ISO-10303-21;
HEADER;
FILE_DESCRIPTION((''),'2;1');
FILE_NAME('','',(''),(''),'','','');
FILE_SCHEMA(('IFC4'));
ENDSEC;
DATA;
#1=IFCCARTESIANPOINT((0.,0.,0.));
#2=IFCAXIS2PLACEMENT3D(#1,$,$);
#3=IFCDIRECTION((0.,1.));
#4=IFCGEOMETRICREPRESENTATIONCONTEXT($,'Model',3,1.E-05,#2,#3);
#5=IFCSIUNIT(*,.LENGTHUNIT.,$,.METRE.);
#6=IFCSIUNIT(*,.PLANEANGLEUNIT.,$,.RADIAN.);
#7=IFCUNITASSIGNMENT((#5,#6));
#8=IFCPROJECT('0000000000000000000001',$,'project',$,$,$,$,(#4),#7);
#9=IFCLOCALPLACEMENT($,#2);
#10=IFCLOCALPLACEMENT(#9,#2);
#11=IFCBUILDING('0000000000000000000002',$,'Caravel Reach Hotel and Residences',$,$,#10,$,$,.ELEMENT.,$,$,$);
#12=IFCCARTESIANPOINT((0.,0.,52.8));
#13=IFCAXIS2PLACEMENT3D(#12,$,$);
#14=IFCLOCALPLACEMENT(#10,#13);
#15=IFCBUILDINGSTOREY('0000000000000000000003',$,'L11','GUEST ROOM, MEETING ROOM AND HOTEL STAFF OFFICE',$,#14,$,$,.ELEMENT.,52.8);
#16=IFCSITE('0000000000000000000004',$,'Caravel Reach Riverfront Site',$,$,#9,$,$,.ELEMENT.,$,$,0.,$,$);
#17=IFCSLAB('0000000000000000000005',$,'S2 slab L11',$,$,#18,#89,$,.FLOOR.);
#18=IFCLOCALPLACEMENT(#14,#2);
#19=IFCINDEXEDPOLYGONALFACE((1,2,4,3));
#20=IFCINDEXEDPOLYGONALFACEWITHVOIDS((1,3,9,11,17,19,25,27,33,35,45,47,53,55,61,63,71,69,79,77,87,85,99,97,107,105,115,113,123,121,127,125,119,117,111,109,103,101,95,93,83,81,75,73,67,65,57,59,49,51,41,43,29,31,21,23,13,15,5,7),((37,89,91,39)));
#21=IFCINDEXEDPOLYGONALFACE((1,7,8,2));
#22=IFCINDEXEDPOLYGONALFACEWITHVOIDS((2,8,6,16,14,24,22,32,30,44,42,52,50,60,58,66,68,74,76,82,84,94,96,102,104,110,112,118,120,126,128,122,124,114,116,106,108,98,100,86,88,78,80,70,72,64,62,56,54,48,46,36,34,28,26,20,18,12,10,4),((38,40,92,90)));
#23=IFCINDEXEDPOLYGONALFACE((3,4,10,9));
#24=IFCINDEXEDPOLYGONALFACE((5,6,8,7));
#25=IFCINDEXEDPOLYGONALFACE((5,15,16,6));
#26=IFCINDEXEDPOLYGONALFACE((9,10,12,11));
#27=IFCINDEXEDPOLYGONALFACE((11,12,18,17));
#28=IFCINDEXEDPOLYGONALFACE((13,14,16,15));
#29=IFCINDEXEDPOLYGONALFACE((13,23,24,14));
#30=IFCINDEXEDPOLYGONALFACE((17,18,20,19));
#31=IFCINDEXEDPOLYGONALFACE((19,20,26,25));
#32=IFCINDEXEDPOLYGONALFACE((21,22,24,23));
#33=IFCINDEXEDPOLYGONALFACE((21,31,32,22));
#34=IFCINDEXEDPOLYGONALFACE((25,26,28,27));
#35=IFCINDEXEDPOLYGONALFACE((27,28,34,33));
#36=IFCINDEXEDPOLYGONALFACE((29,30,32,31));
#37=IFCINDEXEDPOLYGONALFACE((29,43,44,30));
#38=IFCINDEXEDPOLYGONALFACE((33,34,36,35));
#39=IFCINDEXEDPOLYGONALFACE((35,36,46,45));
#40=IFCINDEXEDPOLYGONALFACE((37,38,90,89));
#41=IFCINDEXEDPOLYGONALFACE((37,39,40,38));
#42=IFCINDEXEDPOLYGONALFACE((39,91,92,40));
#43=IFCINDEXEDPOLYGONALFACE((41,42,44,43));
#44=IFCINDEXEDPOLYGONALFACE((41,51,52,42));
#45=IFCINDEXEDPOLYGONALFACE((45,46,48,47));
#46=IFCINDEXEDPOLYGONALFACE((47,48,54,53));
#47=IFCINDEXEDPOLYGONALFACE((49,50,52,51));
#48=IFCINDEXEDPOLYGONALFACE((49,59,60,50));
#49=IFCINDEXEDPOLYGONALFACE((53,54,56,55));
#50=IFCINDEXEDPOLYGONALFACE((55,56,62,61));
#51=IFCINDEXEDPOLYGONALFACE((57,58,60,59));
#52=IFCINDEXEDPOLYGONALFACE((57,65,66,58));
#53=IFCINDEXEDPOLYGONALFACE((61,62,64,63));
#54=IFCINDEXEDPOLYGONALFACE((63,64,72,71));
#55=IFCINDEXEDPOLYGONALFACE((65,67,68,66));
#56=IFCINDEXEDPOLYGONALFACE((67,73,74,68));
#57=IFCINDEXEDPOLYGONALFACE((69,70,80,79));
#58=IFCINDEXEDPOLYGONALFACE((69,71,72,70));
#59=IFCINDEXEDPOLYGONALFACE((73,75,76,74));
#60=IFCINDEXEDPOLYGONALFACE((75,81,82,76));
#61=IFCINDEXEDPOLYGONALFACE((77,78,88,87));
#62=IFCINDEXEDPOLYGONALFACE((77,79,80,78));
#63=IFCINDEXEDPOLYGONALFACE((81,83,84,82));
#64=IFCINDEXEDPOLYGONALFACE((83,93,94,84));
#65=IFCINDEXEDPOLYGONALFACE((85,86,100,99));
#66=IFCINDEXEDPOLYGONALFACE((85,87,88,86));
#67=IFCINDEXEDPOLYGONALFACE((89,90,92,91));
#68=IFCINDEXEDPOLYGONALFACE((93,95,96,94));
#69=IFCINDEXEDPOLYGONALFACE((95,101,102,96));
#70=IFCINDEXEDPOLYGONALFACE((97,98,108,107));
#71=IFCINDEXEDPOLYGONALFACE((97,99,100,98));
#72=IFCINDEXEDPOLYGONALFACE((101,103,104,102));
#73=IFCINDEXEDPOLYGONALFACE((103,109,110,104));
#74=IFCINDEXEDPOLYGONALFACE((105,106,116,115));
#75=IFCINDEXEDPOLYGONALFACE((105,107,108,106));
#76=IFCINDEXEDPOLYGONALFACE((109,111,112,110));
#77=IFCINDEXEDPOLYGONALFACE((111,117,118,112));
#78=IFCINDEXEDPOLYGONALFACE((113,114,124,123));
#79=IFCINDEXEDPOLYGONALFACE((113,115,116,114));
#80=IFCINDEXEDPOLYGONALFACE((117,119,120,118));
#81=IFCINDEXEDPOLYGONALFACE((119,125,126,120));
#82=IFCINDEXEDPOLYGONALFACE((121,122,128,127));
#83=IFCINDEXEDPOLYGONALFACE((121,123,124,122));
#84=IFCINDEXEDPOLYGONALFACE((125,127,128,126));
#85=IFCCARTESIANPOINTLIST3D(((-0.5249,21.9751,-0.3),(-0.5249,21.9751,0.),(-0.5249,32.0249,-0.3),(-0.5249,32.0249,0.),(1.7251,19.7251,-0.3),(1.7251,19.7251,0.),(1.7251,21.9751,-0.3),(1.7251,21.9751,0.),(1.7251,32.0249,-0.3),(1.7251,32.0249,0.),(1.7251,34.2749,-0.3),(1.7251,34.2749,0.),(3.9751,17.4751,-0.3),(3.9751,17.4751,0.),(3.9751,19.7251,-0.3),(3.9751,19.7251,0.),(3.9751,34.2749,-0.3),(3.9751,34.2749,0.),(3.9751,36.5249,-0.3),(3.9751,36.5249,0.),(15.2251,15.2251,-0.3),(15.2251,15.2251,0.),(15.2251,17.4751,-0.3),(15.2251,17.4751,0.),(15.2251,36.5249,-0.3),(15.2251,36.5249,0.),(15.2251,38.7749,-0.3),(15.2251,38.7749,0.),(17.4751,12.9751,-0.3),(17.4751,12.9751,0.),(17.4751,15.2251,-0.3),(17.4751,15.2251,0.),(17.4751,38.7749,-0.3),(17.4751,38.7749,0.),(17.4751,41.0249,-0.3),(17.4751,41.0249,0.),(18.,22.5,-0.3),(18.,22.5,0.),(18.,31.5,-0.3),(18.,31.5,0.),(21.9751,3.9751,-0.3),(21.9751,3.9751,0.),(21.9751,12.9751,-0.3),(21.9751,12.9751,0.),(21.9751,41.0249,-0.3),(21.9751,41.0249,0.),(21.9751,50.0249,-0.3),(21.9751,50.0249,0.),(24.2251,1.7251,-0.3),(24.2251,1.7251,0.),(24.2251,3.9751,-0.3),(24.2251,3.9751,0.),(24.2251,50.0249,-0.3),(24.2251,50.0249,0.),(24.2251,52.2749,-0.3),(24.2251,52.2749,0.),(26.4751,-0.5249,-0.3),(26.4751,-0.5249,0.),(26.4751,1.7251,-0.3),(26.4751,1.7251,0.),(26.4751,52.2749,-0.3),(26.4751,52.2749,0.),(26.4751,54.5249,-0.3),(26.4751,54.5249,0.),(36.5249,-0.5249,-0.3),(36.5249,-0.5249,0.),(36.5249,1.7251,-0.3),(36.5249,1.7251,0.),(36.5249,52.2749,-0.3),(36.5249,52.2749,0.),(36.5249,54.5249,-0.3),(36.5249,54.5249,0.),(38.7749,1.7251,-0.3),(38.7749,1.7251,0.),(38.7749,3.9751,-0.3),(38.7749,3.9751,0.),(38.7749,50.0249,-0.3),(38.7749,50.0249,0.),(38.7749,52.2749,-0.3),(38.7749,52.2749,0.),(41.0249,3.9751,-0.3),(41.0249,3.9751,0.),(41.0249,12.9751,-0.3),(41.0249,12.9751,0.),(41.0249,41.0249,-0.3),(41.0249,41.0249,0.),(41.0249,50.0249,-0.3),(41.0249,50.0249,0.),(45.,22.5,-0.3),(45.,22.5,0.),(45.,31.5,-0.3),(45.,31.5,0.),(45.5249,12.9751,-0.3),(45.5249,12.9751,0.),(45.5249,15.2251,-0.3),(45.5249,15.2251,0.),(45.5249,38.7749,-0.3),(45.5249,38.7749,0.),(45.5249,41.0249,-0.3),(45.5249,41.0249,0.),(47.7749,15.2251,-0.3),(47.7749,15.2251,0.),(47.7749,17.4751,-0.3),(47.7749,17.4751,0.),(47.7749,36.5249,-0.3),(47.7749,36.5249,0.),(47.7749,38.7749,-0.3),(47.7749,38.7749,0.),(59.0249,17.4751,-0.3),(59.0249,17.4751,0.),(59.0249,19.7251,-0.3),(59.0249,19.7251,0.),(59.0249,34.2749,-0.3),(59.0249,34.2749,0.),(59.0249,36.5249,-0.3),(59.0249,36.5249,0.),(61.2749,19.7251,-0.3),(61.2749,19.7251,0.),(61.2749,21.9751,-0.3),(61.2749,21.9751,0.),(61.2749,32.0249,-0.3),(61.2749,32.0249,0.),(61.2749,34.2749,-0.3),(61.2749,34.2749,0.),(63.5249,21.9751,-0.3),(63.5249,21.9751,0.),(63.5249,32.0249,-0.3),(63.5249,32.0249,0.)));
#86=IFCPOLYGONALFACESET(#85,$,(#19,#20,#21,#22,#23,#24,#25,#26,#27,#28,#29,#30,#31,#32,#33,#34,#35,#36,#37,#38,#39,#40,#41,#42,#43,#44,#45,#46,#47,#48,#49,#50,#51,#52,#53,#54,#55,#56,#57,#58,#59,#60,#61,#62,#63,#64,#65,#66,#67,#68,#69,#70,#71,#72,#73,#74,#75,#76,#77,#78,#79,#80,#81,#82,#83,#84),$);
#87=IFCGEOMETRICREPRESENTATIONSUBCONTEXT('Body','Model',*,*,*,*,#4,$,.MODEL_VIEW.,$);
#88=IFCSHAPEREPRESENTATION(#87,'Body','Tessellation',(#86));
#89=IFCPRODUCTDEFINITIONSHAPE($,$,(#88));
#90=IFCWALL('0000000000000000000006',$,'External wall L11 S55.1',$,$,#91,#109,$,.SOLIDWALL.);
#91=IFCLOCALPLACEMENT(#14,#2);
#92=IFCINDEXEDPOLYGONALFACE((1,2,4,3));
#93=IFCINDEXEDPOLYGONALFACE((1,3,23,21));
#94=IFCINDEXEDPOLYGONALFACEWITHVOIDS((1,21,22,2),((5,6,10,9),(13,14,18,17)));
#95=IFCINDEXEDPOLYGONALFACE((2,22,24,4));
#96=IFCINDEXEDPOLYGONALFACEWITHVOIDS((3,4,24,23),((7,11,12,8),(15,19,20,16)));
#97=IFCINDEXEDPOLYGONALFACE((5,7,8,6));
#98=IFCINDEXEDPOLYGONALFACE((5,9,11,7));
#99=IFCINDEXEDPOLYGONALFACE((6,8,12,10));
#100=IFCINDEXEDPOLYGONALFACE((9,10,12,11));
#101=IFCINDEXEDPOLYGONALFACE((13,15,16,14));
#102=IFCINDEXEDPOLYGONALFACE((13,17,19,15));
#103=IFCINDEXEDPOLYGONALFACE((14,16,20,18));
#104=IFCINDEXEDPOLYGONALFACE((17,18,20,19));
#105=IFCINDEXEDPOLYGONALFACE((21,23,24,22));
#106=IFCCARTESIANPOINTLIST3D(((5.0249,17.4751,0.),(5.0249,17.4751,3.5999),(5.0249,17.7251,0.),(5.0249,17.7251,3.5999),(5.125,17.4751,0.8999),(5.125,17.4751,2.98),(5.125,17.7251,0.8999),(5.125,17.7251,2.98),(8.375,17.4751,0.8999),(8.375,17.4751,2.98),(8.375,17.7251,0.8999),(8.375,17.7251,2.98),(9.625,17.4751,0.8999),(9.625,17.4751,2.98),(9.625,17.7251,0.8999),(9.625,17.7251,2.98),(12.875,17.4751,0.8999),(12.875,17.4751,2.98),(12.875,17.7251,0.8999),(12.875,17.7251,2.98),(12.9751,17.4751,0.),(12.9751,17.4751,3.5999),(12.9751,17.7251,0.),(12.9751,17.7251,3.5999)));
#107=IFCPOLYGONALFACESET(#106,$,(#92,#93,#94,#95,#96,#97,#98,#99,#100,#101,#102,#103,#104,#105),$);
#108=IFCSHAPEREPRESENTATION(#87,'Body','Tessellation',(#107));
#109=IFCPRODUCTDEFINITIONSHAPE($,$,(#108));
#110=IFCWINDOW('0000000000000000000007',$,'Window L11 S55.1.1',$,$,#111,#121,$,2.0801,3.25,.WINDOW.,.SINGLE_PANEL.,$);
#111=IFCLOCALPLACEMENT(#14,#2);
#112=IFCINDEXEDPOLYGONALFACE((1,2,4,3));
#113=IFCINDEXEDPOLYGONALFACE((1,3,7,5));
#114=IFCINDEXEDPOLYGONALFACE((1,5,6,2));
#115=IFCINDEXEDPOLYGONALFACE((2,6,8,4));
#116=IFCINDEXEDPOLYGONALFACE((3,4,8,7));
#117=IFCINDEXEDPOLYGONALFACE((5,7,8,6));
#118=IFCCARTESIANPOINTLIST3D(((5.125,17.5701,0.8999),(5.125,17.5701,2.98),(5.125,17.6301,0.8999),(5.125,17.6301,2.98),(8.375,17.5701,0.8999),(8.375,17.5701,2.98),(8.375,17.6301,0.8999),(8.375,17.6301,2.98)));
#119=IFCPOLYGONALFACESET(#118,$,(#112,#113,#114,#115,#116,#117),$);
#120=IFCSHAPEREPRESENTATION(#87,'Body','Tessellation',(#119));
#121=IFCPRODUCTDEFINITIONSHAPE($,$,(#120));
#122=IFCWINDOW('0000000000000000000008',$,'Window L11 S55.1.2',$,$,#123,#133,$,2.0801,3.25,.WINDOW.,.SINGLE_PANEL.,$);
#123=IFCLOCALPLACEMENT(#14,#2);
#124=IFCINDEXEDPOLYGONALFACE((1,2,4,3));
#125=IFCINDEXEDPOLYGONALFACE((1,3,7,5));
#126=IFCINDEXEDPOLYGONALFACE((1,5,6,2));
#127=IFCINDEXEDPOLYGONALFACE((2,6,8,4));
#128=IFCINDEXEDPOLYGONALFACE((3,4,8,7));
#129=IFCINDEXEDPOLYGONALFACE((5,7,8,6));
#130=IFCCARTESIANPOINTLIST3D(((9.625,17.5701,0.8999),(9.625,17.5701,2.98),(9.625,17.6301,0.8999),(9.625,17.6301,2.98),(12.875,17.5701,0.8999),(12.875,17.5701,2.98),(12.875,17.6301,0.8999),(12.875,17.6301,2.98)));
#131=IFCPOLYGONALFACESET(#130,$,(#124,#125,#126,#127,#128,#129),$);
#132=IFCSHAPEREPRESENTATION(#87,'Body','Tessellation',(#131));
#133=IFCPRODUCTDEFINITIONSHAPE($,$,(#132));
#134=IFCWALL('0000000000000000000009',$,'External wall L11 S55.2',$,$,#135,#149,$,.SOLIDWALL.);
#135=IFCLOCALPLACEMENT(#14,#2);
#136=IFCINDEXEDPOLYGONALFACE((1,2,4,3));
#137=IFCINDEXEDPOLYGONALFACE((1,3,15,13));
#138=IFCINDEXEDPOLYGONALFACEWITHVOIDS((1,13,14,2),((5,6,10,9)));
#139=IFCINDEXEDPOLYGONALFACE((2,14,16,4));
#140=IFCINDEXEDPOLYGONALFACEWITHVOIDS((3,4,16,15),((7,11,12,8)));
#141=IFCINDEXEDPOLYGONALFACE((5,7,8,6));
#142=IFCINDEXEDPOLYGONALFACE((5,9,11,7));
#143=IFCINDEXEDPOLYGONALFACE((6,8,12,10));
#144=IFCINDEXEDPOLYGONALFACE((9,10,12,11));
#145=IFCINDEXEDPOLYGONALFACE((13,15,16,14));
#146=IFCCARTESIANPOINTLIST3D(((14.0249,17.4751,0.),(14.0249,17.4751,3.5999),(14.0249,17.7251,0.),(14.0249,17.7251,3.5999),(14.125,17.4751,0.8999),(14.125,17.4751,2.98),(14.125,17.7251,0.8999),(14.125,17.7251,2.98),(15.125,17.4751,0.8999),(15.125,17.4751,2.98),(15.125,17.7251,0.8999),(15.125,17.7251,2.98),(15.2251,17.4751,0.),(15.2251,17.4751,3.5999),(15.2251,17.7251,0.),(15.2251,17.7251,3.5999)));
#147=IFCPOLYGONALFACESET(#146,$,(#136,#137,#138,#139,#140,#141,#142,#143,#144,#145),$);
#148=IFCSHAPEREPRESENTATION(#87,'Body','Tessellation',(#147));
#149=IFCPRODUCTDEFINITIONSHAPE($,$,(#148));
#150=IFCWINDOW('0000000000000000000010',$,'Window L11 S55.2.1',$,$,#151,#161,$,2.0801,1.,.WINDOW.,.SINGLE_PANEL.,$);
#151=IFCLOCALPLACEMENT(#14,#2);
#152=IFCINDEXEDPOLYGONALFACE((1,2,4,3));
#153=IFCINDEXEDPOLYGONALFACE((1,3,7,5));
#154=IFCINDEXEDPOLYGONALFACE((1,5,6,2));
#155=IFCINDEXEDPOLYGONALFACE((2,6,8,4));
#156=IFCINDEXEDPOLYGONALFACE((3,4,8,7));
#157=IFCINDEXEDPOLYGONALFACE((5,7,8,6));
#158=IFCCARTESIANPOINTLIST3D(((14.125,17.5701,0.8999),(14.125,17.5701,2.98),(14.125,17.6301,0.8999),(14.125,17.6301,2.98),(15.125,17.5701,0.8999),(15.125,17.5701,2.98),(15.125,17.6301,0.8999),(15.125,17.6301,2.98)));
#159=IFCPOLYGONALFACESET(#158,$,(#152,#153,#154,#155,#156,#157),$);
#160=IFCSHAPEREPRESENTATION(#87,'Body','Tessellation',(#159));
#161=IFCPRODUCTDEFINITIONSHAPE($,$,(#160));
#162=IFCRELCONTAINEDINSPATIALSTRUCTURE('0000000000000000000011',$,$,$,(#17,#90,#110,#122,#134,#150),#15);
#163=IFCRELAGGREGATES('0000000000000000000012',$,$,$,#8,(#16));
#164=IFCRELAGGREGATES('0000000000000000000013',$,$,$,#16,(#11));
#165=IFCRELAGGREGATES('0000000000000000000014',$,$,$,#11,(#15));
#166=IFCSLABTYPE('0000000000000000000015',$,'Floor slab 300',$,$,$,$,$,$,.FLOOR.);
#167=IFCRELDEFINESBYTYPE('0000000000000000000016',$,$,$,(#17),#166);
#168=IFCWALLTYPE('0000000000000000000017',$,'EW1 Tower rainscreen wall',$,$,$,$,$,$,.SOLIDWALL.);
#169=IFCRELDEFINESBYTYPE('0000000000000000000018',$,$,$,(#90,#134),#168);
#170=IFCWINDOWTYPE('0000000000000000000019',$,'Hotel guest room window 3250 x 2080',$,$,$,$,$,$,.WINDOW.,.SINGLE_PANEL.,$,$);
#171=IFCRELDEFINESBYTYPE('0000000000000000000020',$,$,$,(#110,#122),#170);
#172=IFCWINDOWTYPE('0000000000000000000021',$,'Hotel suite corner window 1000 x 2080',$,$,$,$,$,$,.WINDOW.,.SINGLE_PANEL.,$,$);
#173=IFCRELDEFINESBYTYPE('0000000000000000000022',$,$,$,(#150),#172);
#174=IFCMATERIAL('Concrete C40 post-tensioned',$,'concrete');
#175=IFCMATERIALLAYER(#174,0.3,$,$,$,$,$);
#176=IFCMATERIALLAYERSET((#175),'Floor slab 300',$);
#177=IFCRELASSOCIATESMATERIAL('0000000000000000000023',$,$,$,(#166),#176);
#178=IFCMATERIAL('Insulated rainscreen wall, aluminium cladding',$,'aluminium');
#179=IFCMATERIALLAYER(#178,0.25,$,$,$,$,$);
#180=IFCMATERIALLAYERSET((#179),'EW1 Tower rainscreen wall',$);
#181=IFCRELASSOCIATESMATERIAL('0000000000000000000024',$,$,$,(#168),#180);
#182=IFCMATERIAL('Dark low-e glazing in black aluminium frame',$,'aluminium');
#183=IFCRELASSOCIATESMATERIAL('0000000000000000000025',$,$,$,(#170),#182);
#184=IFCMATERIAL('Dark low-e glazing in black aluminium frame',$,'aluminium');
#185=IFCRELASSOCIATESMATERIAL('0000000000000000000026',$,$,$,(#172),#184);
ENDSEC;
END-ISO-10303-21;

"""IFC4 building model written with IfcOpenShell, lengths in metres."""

from ifc_helpers import new_model, si_unit, direction, frame, frame_2d, origin, place, context, subcontext, project, spatial, polyline, rectangle, outline, extrude, material, layer, layer_set, type_object, element, fill, save


model = new_model("IFC4")

# Units and contexts
model_context = context("Model", 3, precision=1e-05, world=origin(), true_north=direction((0.0, 1.0)))
body_context = subcontext(model_context, "Body", "Model", "MODEL_VIEW")
ifc_project = project(units=[si_unit("LENGTHUNIT", "METRE"), si_unit("PLANEANGLEUNIT", "RADIAN")], contexts=[model_context])

# Site, building, storey
site_placement = place(None, origin())
site = spatial("IfcSite", under=ifc_project, at=site_placement, Name="Caravel Reach Riverfront Site", CompositionType="ELEMENT", RefElevation=0.0)
building_placement = place(site_placement, origin())
building = spatial("IfcBuilding", under=site, at=building_placement, Name="Caravel Reach Hotel and Residences", CompositionType="ELEMENT")
storey_placement = place(building_placement, frame((0.0, 0.0, 52.8)))
storey = spatial("IfcBuildingStorey", under=building, at=storey_placement, Name="L11", Description="GUEST ROOM, MEETING ROOM AND HOTEL STAFF OFFICE", CompositionType="ELEMENT", Elevation=52.8)

# Slab
ifc_material_1 = material(Name="Concrete C40 post-tensioned", Category="concrete")
ifc_layer_1 = layer(ifc_material_1, 0.3)
ifc_layer_set_1 = layer_set([ifc_layer_1], Name="Floor slab 300")
slab_type_1 = type_object("IfcSlabType", Name="Floor slab 300", PredefinedType="FLOOR", material=ifc_layer_set_1)
slab_1_placement = place(storey_placement, frame((0.0, 0.0, -0.3)))
element("IfcSlab", 1, at=slab_1_placement, inside=storey, type_object=slab_type_1, Name="S2 slab L11", PredefinedType="FLOOR", context=body_context, shape_type="SweptSolid", body=[
    extrude(outline(polyline([(17.4751, 12.9751), (17.4751, 15.2251), (15.2251, 15.2251), (15.2251, 17.4751), (3.9751, 17.4751), (3.9751, 19.7251), (1.7251, 19.7251), (1.7251, 21.9751), (-0.5249, 21.9751), (-0.5249, 32.0249), (1.7251, 32.0249), (1.7251, 34.2749), (3.9751, 34.2749), (3.9751, 36.5249), (15.2251, 36.5249), (15.2251, 38.7749), (17.4751, 38.7749), (17.4751, 41.0249), (21.9751, 41.0249), (21.9751, 50.0249), (24.2251, 50.0249), (24.2251, 52.2749), (26.4751, 52.2749), (26.4751, 54.5249), (36.5249, 54.5249), (36.5249, 52.2749), (38.7749, 52.2749), (38.7749, 50.0249), (41.0249, 50.0249), (41.0249, 41.0249), (45.5249, 41.0249), (45.5249, 38.7749), (47.7749, 38.7749), (47.7749, 36.5249), (59.0249, 36.5249), (59.0249, 34.2749), (61.2749, 34.2749), (61.2749, 32.0249), (63.5249, 32.0249), (63.5249, 21.9751), (61.2749, 21.9751), (61.2749, 19.7251), (59.0249, 19.7251), (59.0249, 17.4751), (47.7749, 17.4751), (47.7749, 15.2251), (45.5249, 15.2251), (45.5249, 12.9751), (41.0249, 12.9751), (41.0249, 3.9751), (38.7749, 3.9751), (38.7749, 1.7251), (36.5249, 1.7251), (36.5249, -0.5249), (26.4751, -0.5249), (26.4751, 1.7251), (24.2251, 1.7251), (24.2251, 3.9751), (21.9751, 3.9751), (21.9751, 12.9751), (17.4751, 12.9751)]), holes=[polyline([(45.0, 31.5), (18.0, 31.5), (18.0, 22.5), (45.0, 22.5), (45.0, 31.5)])]), origin(), (0.0, 0.0, 1.0), 0.3),
])

# Wall, openings, windows
ifc_material_2 = material(Name="Insulated rainscreen wall, aluminium cladding", Category="aluminium")
ifc_layer_2 = layer(ifc_material_2, 0.25)
ifc_layer_set_2 = layer_set([ifc_layer_2], Name="EW1 Tower rainscreen wall")
wall_type_1 = type_object("IfcWallType", Name="EW1 Tower rainscreen wall", PredefinedType="SOLIDWALL", material=ifc_layer_set_2)
wall_1_placement = place(storey_placement, frame((5.0249, 17.6001, 0.0), z_axis=(0.0, 0.0, 1.0), x_axis=(1.0, 0.0, 0.0)))
wall_1 = element("IfcWall", 2, at=wall_1_placement, inside=storey, type_object=wall_type_1, Name="External wall L11 S55.1", PredefinedType="SOLIDWALL", context=body_context, shape_type="SweptSolid", body=[
    extrude(rectangle(XDim=7.9502, YDim=0.25, at=frame_2d((3.9751, 0.0))), origin(), (0.0, 0.0, 1.0), 3.5999),
])
opening_1_placement = place(wall_1_placement, frame((0.1001, 0.0, 0.8999)))
opening_1 = element("IfcOpeningElement", 3, at=opening_1_placement, cuts=wall_1, PredefinedType="OPENING", context=body_context, shape_type="SweptSolid", body=[
    extrude(rectangle(XDim=3.25, YDim=2.0801, at=frame_2d((1.625, 1.04))), frame((0.0, 0.135, 0.0), z_axis=(0.0, -1.0, 0.0), x_axis=(1.0, 0.0, 0.0)), (0.0, 0.0, 1.0), 0.27),
])
opening_2_placement = place(wall_1_placement, frame((4.6001, 0.0, 0.8999)))
opening_2 = element("IfcOpeningElement", 4, at=opening_2_placement, cuts=wall_1, PredefinedType="OPENING", context=body_context, shape_type="SweptSolid", body=[
    extrude(rectangle(XDim=3.25, YDim=2.0801, at=frame_2d((1.625, 1.04))), frame((0.0, 0.135, 0.0), z_axis=(0.0, -1.0, 0.0), x_axis=(1.0, 0.0, 0.0)), (0.0, 0.0, 1.0), 0.27),
])
ifc_material_3 = material(Name="Dark low-e glazing in black aluminium frame", Category="aluminium")
window_type_1 = type_object("IfcWindowType", Name="Hotel guest room window 3250 x 2080", PartitioningType="SINGLE_PANEL", PredefinedType="WINDOW", material=ifc_material_3)
window_1_placement = place(opening_1_placement, origin())
window_1 = element("IfcWindow", 5, at=window_1_placement, inside=storey, type_object=window_type_1, Name="Window L11 S55.1.1", OverallHeight=2.0801, OverallWidth=3.25, PartitioningType="SINGLE_PANEL", PredefinedType="WINDOW", context=body_context, shape_type="SweptSolid", body=[
    extrude(rectangle(XDim=3.25, YDim=2.0801, at=frame_2d((1.625, 1.04))), frame((0.0, 0.03, 0.0), z_axis=(0.0, -1.0, 0.0), x_axis=(1.0, 0.0, 0.0)), (0.0, 0.0, 1.0), 0.0601),
])
fill(opening_1, window_1)
window_2_placement = place(opening_2_placement, origin())
window_2 = element("IfcWindow", 6, at=window_2_placement, inside=storey, type_object=window_type_1, Name="Window L11 S55.1.2", OverallHeight=2.0801, OverallWidth=3.25, PartitioningType="SINGLE_PANEL", PredefinedType="WINDOW", context=body_context, shape_type="SweptSolid", body=[
    extrude(rectangle(XDim=3.25, YDim=2.0801, at=frame_2d((1.625, 1.04))), frame((0.0, 0.03, 0.0), z_axis=(0.0, -1.0, 0.0), x_axis=(1.0, 0.0, 0.0)), (0.0, 0.0, 1.0), 0.0601),
])
fill(opening_2, window_2)

# Wall, opening, window
wall_2_placement = place(storey_placement, frame((14.0249, 17.6001, 0.0), z_axis=(0.0, 0.0, 1.0), x_axis=(1.0, 0.0, 0.0)))
wall_2 = element("IfcWall", 7, at=wall_2_placement, inside=storey, type_object=wall_type_1, Name="External wall L11 S55.2", PredefinedType="SOLIDWALL", context=body_context, shape_type="SweptSolid", body=[
    extrude(rectangle(XDim=1.2002, YDim=0.25, at=frame_2d((0.6001, 0.0))), origin(), (0.0, 0.0, 1.0), 3.5999),
])
opening_3_placement = place(wall_2_placement, frame((0.1001, 0.0, 0.8999)))
opening_3 = element("IfcOpeningElement", 8, at=opening_3_placement, cuts=wall_2, PredefinedType="OPENING", context=body_context, shape_type="SweptSolid", body=[
    extrude(rectangle(XDim=1.0, YDim=2.0801, at=frame_2d((0.5, 1.04))), frame((0.0, 0.135, 0.0), z_axis=(0.0, -1.0, 0.0), x_axis=(1.0, 0.0, 0.0)), (0.0, 0.0, 1.0), 0.27),
])
ifc_material_4 = material(Name="Dark low-e glazing in black aluminium frame", Category="aluminium")
window_type_2 = type_object("IfcWindowType", Name="Hotel suite corner window 1000 x 2080", PartitioningType="SINGLE_PANEL", PredefinedType="WINDOW", material=ifc_material_4)
window_3_placement = place(opening_3_placement, origin())
window_3 = element("IfcWindow", 9, at=window_3_placement, inside=storey, type_object=window_type_2, Name="Window L11 S55.2.1", OverallHeight=2.0801, OverallWidth=1.0, PartitioningType="SINGLE_PANEL", PredefinedType="WINDOW", context=body_context, shape_type="SweptSolid", body=[
    extrude(rectangle(XDim=1.0, YDim=2.0801, at=frame_2d((0.5, 1.04))), frame((0.0, 0.03, 0.0), z_axis=(0.0, -1.0, 0.0), x_axis=(1.0, 0.0, 0.0)), (0.0, 0.0, 1.0), 0.0601),
])
fill(opening_3, window_3)

save(model, "model.ifc")
